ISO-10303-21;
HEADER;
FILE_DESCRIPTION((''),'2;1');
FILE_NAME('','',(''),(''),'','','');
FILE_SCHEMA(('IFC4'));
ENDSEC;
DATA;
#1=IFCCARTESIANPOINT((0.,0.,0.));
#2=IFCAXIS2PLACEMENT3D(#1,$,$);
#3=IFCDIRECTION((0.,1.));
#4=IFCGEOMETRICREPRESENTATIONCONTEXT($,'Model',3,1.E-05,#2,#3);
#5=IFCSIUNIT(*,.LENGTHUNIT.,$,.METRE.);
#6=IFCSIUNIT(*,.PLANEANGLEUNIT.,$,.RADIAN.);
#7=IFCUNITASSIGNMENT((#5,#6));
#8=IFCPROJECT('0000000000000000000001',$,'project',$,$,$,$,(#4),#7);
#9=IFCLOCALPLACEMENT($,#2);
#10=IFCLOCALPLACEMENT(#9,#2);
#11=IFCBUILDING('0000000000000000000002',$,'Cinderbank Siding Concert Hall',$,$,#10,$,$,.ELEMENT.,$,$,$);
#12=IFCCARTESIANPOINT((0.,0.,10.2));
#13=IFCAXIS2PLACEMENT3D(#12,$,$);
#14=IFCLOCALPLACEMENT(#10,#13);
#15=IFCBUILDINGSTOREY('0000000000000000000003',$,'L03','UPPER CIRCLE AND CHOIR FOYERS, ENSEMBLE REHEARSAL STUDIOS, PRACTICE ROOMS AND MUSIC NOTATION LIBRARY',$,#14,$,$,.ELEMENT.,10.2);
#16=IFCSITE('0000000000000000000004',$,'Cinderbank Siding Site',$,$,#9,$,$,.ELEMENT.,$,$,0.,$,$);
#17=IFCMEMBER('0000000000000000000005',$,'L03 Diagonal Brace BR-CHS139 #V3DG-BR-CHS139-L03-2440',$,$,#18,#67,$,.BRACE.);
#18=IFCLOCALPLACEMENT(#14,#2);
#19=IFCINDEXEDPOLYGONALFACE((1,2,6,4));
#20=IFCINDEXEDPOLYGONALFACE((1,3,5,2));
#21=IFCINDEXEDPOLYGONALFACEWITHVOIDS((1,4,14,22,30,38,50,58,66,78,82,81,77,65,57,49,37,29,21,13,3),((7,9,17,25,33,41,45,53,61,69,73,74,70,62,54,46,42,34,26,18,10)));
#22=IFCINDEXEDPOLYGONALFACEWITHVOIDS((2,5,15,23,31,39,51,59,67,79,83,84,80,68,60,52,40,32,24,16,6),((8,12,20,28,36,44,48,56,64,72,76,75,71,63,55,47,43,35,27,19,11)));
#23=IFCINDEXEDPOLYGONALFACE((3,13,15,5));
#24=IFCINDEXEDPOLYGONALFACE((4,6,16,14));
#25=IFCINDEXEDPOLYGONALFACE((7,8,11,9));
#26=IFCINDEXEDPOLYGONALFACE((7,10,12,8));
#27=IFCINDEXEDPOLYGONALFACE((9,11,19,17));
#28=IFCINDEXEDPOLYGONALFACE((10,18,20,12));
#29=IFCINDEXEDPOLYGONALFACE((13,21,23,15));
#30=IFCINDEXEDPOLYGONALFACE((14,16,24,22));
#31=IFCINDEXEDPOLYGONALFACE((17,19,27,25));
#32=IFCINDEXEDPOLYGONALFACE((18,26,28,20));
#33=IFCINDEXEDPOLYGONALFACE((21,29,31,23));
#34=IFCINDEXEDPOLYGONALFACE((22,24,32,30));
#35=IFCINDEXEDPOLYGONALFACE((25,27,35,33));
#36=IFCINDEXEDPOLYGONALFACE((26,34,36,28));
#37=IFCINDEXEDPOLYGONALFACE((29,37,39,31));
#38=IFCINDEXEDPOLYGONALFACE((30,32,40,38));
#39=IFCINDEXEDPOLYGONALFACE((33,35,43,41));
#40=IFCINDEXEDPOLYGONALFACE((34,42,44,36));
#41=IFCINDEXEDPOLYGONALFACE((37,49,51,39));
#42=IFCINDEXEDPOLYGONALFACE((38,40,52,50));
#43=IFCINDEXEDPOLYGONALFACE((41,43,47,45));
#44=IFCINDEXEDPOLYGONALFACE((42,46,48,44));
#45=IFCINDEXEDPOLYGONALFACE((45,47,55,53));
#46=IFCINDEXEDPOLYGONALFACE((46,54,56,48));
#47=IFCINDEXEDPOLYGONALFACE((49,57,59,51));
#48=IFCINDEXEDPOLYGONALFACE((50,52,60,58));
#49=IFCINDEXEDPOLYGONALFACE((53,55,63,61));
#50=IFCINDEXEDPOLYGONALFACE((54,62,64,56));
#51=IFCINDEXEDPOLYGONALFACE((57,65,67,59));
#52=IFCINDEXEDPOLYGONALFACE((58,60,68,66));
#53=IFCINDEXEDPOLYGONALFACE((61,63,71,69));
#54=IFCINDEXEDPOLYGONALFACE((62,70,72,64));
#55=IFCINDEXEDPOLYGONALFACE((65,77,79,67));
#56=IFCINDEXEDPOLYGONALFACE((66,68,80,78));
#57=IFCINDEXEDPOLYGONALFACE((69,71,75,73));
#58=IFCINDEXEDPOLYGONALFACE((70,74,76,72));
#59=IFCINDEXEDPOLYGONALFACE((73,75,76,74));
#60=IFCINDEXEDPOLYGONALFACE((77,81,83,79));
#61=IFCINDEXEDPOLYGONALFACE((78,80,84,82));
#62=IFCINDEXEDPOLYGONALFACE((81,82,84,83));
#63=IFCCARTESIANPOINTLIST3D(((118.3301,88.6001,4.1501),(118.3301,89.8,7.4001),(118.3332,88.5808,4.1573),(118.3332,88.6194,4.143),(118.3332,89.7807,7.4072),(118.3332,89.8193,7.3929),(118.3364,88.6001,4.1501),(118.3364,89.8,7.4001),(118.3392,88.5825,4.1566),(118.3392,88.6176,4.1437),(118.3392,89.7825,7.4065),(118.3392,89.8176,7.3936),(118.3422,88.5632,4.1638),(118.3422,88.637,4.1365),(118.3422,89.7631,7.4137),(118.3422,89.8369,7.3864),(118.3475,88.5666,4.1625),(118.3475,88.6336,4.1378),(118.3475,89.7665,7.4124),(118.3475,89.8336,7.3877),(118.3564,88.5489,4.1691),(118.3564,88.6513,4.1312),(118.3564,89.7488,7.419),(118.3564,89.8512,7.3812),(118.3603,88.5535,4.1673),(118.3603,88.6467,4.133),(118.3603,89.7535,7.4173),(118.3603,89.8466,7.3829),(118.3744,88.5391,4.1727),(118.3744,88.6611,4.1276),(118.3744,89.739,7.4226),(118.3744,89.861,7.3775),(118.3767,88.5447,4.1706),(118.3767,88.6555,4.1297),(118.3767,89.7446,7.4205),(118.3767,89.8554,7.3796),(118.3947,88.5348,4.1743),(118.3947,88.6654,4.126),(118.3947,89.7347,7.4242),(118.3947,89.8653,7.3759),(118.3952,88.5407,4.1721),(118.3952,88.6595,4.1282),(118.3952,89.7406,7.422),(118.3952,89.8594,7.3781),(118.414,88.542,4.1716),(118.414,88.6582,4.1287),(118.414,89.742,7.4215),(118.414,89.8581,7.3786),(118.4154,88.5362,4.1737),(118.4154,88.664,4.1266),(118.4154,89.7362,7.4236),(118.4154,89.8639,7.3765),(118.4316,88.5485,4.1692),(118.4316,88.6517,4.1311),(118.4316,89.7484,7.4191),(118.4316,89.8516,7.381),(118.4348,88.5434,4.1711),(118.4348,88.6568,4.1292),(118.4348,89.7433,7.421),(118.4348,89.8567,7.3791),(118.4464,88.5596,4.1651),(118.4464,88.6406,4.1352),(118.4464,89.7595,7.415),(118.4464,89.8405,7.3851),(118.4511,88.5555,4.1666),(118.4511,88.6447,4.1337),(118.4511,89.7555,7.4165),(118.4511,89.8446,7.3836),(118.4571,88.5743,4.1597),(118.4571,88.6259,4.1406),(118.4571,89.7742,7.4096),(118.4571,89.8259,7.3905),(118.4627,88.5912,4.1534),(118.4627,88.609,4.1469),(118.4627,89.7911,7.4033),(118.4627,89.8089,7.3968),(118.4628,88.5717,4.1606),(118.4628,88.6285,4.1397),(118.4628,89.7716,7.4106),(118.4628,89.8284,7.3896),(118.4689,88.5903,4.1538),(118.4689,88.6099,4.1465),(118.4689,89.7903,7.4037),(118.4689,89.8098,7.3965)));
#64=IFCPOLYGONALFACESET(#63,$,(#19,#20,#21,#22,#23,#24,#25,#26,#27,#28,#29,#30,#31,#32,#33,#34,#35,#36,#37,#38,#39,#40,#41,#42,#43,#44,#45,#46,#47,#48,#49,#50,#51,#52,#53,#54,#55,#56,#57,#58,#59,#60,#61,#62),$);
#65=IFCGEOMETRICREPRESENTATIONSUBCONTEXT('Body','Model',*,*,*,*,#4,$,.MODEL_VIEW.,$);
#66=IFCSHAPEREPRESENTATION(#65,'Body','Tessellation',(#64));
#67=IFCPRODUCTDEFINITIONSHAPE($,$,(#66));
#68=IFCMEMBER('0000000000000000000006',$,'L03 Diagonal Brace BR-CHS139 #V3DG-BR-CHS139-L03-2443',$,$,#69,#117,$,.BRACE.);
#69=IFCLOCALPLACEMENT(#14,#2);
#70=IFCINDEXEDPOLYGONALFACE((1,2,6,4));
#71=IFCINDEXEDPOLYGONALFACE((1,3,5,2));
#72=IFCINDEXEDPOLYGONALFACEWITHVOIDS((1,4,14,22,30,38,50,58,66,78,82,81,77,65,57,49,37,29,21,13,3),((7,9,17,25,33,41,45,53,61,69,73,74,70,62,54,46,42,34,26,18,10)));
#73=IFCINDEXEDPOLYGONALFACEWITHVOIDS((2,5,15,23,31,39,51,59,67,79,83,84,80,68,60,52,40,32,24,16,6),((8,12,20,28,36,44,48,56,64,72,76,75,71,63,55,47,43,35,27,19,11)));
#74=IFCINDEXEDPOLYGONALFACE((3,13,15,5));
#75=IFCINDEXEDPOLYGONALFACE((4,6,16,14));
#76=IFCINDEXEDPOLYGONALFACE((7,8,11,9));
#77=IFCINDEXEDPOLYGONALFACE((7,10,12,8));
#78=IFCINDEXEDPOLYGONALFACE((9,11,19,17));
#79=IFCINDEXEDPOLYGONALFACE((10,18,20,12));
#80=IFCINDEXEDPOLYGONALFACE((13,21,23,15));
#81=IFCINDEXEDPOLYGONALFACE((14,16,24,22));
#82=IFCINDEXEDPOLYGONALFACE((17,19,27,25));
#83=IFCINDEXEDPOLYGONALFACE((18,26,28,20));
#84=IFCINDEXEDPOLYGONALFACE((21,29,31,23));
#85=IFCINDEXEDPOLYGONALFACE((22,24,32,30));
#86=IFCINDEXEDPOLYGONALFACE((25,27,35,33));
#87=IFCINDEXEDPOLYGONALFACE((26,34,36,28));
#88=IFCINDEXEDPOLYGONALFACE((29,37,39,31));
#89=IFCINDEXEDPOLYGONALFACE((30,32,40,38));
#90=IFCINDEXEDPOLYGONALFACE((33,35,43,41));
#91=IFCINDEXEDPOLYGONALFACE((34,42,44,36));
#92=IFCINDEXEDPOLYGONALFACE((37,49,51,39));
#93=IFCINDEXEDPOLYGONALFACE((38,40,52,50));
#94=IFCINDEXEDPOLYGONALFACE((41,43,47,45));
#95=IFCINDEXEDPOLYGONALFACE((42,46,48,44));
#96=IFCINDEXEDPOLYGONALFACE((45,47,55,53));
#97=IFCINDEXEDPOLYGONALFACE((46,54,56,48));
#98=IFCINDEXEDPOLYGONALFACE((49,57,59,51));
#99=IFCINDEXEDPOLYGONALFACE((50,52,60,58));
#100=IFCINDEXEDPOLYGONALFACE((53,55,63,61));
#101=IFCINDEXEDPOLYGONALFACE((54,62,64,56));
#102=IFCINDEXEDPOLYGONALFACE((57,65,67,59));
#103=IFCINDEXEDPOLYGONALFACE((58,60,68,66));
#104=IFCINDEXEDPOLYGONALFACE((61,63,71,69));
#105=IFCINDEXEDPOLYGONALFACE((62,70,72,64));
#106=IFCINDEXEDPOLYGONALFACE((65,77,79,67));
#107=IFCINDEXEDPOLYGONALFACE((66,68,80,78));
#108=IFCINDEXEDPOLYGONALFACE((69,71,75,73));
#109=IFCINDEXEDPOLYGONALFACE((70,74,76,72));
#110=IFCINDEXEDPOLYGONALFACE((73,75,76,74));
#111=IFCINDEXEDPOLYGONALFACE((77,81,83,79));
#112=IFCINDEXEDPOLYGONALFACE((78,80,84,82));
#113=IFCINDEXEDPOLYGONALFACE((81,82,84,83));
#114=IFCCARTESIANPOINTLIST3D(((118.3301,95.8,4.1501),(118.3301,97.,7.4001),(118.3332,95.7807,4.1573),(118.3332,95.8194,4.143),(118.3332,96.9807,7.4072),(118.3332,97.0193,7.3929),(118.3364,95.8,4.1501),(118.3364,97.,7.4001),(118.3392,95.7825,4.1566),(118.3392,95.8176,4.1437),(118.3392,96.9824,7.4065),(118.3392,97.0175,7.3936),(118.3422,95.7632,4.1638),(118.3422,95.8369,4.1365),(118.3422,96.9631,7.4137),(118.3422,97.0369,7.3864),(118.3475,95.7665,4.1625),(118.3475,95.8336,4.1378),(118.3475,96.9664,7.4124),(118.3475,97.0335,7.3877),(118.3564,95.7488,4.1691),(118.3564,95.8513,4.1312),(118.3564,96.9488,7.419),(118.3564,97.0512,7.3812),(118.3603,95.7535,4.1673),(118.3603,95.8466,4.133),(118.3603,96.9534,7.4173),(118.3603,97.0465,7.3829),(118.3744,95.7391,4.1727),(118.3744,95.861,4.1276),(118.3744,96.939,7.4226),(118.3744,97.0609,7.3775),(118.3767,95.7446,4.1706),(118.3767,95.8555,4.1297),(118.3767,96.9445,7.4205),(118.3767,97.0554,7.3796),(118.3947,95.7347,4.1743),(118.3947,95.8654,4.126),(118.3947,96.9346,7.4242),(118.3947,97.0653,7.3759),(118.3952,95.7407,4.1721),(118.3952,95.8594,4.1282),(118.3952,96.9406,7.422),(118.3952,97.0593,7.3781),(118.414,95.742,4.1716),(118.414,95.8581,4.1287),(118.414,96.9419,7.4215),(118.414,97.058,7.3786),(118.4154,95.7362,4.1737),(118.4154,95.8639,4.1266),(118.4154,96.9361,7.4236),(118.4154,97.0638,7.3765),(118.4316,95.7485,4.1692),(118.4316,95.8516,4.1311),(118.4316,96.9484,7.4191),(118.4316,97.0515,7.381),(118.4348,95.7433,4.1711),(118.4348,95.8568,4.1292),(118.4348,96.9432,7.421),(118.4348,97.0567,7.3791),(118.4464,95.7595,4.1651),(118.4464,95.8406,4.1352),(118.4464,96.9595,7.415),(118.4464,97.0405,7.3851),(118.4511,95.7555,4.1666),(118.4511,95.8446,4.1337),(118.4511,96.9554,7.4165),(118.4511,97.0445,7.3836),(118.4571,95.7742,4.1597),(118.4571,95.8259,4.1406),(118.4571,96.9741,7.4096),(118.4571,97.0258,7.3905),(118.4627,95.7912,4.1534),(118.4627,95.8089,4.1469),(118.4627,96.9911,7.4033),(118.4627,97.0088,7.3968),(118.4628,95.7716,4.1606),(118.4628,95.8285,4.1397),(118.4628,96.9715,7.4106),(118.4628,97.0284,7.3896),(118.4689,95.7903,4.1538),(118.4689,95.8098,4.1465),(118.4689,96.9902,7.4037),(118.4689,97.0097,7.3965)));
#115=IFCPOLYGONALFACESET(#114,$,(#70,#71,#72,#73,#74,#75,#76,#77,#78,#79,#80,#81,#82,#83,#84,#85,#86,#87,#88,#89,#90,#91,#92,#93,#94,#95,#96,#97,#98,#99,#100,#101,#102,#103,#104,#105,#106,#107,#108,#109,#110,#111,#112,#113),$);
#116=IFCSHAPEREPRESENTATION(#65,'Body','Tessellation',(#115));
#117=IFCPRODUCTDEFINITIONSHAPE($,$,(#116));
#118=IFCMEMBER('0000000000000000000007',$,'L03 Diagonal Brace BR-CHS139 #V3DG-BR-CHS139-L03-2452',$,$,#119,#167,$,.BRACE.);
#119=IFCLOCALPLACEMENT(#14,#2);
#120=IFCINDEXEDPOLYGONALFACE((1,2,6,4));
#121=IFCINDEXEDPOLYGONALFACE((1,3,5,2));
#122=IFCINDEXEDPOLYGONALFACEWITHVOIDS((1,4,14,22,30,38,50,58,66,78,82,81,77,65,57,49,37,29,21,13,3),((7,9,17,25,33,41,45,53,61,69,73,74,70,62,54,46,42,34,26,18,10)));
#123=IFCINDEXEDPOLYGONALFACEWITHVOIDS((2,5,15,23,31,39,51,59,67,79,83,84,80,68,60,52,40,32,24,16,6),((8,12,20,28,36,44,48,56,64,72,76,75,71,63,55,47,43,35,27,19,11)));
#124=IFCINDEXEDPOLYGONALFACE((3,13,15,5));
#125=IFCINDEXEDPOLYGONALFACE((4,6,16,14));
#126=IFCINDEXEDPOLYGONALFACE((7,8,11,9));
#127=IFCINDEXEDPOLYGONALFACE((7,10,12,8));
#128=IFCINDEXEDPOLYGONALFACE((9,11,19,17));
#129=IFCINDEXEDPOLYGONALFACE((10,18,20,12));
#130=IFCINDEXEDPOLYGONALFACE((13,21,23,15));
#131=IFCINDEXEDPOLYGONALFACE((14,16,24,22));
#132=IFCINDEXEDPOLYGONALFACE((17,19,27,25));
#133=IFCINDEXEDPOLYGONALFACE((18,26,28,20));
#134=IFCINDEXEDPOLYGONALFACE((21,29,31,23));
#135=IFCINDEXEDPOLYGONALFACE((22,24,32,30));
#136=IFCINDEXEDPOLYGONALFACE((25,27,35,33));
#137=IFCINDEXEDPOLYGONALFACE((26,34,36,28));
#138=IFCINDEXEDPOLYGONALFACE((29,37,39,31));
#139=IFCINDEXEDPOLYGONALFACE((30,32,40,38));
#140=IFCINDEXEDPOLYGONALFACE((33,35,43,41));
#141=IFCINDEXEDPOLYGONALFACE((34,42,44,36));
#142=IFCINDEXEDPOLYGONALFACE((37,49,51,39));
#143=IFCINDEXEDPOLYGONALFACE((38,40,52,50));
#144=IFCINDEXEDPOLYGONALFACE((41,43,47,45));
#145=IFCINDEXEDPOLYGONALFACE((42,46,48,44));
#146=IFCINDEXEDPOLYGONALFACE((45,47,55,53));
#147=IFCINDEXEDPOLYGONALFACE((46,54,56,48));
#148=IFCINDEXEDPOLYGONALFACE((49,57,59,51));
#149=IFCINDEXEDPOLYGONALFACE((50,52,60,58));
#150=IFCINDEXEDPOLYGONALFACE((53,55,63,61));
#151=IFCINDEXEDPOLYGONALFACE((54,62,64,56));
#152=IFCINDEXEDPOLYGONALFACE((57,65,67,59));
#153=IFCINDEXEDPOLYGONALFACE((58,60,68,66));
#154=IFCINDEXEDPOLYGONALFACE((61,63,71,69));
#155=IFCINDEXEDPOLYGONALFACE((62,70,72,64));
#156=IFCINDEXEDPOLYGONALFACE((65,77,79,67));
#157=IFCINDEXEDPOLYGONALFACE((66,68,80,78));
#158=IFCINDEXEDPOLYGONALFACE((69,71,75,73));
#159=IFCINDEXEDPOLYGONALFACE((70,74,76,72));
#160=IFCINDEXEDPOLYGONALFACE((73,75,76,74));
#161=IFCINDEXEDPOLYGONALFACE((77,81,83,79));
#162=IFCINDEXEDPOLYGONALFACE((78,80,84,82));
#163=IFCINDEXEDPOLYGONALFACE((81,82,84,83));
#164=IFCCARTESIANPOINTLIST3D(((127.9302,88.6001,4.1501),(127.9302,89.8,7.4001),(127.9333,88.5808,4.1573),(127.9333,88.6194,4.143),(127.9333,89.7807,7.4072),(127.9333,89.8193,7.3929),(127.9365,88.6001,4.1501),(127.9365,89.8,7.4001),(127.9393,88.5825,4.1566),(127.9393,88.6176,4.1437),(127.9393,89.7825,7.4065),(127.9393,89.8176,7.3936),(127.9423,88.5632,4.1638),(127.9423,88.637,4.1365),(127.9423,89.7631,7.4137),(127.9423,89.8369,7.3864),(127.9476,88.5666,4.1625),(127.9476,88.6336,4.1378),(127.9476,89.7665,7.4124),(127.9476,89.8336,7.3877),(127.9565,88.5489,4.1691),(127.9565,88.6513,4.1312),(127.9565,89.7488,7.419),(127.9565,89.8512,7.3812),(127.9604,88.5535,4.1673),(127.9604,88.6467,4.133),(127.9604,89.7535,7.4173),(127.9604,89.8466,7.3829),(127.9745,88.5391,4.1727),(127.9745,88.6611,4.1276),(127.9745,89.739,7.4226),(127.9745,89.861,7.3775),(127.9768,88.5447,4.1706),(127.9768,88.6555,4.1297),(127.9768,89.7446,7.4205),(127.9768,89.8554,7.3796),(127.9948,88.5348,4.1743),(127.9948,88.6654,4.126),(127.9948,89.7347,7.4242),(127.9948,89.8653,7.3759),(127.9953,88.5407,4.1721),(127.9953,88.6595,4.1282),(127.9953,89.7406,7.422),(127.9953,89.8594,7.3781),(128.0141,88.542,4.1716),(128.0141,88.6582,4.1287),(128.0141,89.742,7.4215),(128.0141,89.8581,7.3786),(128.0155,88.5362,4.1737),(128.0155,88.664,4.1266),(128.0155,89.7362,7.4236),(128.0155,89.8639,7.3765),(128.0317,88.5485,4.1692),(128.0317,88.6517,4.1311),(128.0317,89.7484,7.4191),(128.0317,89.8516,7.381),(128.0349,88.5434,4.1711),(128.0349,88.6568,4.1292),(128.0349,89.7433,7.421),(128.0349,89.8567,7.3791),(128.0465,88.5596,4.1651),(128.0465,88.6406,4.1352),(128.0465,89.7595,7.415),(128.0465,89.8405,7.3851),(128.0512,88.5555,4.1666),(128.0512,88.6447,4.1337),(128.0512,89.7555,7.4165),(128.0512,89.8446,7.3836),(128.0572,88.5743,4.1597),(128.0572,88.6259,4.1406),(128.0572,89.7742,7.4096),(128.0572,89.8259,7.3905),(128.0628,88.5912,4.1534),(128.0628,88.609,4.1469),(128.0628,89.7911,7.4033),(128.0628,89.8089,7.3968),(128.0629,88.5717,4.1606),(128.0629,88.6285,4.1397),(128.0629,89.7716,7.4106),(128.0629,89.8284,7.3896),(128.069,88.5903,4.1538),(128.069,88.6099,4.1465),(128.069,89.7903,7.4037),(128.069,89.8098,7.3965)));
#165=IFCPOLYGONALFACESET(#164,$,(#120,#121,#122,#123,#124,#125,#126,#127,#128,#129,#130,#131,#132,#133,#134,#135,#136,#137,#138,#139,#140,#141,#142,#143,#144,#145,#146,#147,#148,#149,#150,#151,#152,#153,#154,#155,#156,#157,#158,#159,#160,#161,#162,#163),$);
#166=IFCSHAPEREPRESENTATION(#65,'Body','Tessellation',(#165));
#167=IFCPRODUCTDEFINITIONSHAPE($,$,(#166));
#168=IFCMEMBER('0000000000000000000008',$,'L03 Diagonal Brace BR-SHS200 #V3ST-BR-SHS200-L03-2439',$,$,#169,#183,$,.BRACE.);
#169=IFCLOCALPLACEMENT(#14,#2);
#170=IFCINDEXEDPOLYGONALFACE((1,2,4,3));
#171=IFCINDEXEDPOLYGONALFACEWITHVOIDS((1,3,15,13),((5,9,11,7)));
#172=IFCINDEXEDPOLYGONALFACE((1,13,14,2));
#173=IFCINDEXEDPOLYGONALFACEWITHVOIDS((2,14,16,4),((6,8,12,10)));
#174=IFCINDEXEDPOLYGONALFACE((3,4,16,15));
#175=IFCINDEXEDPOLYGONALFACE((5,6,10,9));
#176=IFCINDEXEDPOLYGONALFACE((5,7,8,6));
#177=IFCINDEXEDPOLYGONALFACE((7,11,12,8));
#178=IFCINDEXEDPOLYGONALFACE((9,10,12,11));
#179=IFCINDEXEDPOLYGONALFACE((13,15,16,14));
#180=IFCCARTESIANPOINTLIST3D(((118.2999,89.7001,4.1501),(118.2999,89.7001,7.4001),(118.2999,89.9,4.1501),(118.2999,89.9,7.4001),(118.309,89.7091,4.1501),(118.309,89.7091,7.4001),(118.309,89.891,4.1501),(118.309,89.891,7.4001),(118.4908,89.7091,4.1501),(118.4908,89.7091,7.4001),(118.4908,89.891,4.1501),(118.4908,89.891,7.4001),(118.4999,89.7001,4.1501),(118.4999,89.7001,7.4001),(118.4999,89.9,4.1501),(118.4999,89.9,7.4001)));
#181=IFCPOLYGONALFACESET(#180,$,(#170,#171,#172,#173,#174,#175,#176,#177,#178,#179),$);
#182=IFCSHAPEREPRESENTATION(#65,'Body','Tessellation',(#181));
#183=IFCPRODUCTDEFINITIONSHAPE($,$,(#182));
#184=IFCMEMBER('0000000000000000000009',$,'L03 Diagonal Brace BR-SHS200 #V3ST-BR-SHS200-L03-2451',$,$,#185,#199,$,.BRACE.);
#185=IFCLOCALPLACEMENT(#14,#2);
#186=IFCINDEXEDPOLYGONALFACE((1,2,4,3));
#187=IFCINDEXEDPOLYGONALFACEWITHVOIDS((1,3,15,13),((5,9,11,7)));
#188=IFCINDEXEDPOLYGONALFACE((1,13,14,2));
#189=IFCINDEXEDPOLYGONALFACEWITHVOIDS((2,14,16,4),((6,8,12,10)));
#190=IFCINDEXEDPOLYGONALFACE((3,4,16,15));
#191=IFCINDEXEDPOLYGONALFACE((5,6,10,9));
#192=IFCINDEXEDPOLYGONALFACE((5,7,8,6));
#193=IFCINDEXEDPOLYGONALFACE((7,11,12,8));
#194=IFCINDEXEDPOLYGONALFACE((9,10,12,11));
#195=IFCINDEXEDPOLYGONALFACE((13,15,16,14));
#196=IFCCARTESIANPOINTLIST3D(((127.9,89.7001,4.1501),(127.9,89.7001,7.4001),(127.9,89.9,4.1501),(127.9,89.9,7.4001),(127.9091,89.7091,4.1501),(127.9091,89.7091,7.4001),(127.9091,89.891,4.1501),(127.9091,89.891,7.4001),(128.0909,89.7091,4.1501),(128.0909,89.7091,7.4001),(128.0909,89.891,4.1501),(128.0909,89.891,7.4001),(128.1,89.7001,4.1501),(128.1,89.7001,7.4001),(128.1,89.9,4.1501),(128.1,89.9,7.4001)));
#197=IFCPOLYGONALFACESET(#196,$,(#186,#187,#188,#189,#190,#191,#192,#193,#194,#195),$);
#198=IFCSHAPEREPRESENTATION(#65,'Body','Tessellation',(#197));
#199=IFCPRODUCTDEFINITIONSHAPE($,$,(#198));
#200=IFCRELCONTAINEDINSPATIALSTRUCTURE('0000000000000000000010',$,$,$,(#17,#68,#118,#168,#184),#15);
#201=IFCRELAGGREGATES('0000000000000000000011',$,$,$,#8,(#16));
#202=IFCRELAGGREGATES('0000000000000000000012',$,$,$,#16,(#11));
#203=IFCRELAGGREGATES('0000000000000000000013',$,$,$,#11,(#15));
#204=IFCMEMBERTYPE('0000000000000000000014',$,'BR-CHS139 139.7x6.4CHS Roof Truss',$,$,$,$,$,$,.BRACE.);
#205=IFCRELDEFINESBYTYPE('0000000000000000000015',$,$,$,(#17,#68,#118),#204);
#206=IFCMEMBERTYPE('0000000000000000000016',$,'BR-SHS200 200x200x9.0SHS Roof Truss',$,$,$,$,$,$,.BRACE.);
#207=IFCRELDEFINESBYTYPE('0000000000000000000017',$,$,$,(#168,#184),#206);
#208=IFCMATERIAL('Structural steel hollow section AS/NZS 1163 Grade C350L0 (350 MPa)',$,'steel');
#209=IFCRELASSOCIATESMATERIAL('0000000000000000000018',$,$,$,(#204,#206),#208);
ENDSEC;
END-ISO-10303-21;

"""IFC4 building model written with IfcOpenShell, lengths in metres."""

from ifc_helpers import new_model, si_unit, direction, frame, origin, origin_2d, place, context, subcontext, project, spatial, hollow_rectangle, hollow_circle, extrude, material, material_profile, profile_set, type_object, element, save


model = new_model("IFC4")

# Units and contexts
model_context = context("Model", 3, precision=1e-05, world=origin(), true_north=direction((0.0, 1.0)))
body_context = subcontext(model_context, "Body", "Model", "MODEL_VIEW")
ifc_project = project(units=[si_unit("LENGTHUNIT", "METRE"), si_unit("PLANEANGLEUNIT", "RADIAN")], contexts=[model_context])

# Site, building, storey
site_placement = place(None, origin())
site = spatial("IfcSite", under=ifc_project, at=site_placement, Name="Cinderbank Siding Site", CompositionType="ELEMENT", RefElevation=0.0)
building_placement = place(site_placement, origin())
building = spatial("IfcBuilding", under=site, at=building_placement, Name="Cinderbank Siding Concert Hall", CompositionType="ELEMENT")
storey_placement = place(building_placement, frame((0.0, 0.0, 10.2)))
storey = spatial("IfcBuildingStorey", under=building, at=storey_placement, Name="L03", Description="UPPER CIRCLE AND CHOIR FOYERS, ENSEMBLE REHEARSAL STUDIOS, PRACTICE ROOMS AND MUSIC NOTATION LIBRARY", CompositionType="ELEMENT", Elevation=10.2)

# Members
ifc_material_1 = material(Name="Structural steel hollow section AS/NZS 1163 Grade C350L0 (350 MPa)", Category="steel")
ifc_material_profile_1 = material_profile(ifc_material_1, hollow_circle(Radius=0.0698, WallThickness=0.0063, at=origin_2d()), Name="139.7x6.4CHS", Category="LoadBearing")
ifc_profile_set_1 = profile_set([ifc_material_profile_1], Name="Structural steel hollow section AS/NZS 1163 Grade C350L0 (350 MPa)")
member_type_1 = type_object("IfcMemberType", Name="BR-CHS139 139.7x6.4CHS Roof Truss", PredefinedType="BRACE", material=ifc_profile_set_1)
for number, where, z_axis, x_axis, name in (
    (1, (118.3999, 88.6001, 4.1501), (0.0, 0.346362, 0.938101), (-1.0, 0.0, 0.0), "L03 Diagonal Brace BR-CHS139 #V3DG-BR-CHS139-L03-2440"),
    (2, (118.3999, 95.8, 4.1501), (0.0, 0.346362, 0.938101), (-1.0, 0.0, 0.0), "L03 Diagonal Brace BR-CHS139 #V3DG-BR-CHS139-L03-2443"),
    (3, (128.0, 88.6001, 4.1501), (0.0, 0.346362, 0.938101), (-1.0, 0.0, 0.0), "L03 Diagonal Brace BR-CHS139 #V3DG-BR-CHS139-L03-2452"),
):
    element("IfcMember", number, at=place(storey_placement, frame(where, z_axis=z_axis, x_axis=x_axis)), inside=storey, type_object=member_type_1, Name=name, PredefinedType="BRACE", context=body_context, shape_type="SweptSolid", body=[
        extrude(hollow_circle(Radius=0.0698, WallThickness=0.0063, at=origin_2d()), origin(), (0.0, 0.0, 1.0), 3.4644),
    ])
ifc_material_profile_2 = material_profile(ifc_material_1, hollow_rectangle(XDim=0.2, YDim=0.2, WallThickness=0.009, at=origin_2d()), Name="200x200x9.0SHS", Category="LoadBearing")
ifc_profile_set_2 = profile_set([ifc_material_profile_2], Name="Structural steel hollow section AS/NZS 1163 Grade C350L0 (350 MPa)")
member_type_2 = type_object("IfcMemberType", Name="BR-SHS200 200x200x9.0SHS Roof Truss", PredefinedType="BRACE", material=ifc_profile_set_2)
for number, where, z_axis, x_axis, name in (
    (4, (118.3999, 89.8, 4.1501), (0.0, 0.0, 1.0), (1.0, 0.0, 0.0), "L03 Diagonal Brace BR-SHS200 #V3ST-BR-SHS200-L03-2439"),
    (5, (128.0, 89.8, 4.1501), (0.0, 0.0, 1.0), (1.0, 0.0, 0.0), "L03 Diagonal Brace BR-SHS200 #V3ST-BR-SHS200-L03-2451"),
):
    element("IfcMember", number, at=place(storey_placement, frame(where, z_axis=z_axis, x_axis=x_axis)), inside=storey, type_object=member_type_2, Name=name, PredefinedType="BRACE", context=body_context, shape_type="SweptSolid", body=[
        extrude(hollow_rectangle(XDim=0.2, YDim=0.2, WallThickness=0.009, at=origin_2d()), origin(), (0.0, 0.0, 1.0), 3.25),
    ])

save(model, "model.ifc")
